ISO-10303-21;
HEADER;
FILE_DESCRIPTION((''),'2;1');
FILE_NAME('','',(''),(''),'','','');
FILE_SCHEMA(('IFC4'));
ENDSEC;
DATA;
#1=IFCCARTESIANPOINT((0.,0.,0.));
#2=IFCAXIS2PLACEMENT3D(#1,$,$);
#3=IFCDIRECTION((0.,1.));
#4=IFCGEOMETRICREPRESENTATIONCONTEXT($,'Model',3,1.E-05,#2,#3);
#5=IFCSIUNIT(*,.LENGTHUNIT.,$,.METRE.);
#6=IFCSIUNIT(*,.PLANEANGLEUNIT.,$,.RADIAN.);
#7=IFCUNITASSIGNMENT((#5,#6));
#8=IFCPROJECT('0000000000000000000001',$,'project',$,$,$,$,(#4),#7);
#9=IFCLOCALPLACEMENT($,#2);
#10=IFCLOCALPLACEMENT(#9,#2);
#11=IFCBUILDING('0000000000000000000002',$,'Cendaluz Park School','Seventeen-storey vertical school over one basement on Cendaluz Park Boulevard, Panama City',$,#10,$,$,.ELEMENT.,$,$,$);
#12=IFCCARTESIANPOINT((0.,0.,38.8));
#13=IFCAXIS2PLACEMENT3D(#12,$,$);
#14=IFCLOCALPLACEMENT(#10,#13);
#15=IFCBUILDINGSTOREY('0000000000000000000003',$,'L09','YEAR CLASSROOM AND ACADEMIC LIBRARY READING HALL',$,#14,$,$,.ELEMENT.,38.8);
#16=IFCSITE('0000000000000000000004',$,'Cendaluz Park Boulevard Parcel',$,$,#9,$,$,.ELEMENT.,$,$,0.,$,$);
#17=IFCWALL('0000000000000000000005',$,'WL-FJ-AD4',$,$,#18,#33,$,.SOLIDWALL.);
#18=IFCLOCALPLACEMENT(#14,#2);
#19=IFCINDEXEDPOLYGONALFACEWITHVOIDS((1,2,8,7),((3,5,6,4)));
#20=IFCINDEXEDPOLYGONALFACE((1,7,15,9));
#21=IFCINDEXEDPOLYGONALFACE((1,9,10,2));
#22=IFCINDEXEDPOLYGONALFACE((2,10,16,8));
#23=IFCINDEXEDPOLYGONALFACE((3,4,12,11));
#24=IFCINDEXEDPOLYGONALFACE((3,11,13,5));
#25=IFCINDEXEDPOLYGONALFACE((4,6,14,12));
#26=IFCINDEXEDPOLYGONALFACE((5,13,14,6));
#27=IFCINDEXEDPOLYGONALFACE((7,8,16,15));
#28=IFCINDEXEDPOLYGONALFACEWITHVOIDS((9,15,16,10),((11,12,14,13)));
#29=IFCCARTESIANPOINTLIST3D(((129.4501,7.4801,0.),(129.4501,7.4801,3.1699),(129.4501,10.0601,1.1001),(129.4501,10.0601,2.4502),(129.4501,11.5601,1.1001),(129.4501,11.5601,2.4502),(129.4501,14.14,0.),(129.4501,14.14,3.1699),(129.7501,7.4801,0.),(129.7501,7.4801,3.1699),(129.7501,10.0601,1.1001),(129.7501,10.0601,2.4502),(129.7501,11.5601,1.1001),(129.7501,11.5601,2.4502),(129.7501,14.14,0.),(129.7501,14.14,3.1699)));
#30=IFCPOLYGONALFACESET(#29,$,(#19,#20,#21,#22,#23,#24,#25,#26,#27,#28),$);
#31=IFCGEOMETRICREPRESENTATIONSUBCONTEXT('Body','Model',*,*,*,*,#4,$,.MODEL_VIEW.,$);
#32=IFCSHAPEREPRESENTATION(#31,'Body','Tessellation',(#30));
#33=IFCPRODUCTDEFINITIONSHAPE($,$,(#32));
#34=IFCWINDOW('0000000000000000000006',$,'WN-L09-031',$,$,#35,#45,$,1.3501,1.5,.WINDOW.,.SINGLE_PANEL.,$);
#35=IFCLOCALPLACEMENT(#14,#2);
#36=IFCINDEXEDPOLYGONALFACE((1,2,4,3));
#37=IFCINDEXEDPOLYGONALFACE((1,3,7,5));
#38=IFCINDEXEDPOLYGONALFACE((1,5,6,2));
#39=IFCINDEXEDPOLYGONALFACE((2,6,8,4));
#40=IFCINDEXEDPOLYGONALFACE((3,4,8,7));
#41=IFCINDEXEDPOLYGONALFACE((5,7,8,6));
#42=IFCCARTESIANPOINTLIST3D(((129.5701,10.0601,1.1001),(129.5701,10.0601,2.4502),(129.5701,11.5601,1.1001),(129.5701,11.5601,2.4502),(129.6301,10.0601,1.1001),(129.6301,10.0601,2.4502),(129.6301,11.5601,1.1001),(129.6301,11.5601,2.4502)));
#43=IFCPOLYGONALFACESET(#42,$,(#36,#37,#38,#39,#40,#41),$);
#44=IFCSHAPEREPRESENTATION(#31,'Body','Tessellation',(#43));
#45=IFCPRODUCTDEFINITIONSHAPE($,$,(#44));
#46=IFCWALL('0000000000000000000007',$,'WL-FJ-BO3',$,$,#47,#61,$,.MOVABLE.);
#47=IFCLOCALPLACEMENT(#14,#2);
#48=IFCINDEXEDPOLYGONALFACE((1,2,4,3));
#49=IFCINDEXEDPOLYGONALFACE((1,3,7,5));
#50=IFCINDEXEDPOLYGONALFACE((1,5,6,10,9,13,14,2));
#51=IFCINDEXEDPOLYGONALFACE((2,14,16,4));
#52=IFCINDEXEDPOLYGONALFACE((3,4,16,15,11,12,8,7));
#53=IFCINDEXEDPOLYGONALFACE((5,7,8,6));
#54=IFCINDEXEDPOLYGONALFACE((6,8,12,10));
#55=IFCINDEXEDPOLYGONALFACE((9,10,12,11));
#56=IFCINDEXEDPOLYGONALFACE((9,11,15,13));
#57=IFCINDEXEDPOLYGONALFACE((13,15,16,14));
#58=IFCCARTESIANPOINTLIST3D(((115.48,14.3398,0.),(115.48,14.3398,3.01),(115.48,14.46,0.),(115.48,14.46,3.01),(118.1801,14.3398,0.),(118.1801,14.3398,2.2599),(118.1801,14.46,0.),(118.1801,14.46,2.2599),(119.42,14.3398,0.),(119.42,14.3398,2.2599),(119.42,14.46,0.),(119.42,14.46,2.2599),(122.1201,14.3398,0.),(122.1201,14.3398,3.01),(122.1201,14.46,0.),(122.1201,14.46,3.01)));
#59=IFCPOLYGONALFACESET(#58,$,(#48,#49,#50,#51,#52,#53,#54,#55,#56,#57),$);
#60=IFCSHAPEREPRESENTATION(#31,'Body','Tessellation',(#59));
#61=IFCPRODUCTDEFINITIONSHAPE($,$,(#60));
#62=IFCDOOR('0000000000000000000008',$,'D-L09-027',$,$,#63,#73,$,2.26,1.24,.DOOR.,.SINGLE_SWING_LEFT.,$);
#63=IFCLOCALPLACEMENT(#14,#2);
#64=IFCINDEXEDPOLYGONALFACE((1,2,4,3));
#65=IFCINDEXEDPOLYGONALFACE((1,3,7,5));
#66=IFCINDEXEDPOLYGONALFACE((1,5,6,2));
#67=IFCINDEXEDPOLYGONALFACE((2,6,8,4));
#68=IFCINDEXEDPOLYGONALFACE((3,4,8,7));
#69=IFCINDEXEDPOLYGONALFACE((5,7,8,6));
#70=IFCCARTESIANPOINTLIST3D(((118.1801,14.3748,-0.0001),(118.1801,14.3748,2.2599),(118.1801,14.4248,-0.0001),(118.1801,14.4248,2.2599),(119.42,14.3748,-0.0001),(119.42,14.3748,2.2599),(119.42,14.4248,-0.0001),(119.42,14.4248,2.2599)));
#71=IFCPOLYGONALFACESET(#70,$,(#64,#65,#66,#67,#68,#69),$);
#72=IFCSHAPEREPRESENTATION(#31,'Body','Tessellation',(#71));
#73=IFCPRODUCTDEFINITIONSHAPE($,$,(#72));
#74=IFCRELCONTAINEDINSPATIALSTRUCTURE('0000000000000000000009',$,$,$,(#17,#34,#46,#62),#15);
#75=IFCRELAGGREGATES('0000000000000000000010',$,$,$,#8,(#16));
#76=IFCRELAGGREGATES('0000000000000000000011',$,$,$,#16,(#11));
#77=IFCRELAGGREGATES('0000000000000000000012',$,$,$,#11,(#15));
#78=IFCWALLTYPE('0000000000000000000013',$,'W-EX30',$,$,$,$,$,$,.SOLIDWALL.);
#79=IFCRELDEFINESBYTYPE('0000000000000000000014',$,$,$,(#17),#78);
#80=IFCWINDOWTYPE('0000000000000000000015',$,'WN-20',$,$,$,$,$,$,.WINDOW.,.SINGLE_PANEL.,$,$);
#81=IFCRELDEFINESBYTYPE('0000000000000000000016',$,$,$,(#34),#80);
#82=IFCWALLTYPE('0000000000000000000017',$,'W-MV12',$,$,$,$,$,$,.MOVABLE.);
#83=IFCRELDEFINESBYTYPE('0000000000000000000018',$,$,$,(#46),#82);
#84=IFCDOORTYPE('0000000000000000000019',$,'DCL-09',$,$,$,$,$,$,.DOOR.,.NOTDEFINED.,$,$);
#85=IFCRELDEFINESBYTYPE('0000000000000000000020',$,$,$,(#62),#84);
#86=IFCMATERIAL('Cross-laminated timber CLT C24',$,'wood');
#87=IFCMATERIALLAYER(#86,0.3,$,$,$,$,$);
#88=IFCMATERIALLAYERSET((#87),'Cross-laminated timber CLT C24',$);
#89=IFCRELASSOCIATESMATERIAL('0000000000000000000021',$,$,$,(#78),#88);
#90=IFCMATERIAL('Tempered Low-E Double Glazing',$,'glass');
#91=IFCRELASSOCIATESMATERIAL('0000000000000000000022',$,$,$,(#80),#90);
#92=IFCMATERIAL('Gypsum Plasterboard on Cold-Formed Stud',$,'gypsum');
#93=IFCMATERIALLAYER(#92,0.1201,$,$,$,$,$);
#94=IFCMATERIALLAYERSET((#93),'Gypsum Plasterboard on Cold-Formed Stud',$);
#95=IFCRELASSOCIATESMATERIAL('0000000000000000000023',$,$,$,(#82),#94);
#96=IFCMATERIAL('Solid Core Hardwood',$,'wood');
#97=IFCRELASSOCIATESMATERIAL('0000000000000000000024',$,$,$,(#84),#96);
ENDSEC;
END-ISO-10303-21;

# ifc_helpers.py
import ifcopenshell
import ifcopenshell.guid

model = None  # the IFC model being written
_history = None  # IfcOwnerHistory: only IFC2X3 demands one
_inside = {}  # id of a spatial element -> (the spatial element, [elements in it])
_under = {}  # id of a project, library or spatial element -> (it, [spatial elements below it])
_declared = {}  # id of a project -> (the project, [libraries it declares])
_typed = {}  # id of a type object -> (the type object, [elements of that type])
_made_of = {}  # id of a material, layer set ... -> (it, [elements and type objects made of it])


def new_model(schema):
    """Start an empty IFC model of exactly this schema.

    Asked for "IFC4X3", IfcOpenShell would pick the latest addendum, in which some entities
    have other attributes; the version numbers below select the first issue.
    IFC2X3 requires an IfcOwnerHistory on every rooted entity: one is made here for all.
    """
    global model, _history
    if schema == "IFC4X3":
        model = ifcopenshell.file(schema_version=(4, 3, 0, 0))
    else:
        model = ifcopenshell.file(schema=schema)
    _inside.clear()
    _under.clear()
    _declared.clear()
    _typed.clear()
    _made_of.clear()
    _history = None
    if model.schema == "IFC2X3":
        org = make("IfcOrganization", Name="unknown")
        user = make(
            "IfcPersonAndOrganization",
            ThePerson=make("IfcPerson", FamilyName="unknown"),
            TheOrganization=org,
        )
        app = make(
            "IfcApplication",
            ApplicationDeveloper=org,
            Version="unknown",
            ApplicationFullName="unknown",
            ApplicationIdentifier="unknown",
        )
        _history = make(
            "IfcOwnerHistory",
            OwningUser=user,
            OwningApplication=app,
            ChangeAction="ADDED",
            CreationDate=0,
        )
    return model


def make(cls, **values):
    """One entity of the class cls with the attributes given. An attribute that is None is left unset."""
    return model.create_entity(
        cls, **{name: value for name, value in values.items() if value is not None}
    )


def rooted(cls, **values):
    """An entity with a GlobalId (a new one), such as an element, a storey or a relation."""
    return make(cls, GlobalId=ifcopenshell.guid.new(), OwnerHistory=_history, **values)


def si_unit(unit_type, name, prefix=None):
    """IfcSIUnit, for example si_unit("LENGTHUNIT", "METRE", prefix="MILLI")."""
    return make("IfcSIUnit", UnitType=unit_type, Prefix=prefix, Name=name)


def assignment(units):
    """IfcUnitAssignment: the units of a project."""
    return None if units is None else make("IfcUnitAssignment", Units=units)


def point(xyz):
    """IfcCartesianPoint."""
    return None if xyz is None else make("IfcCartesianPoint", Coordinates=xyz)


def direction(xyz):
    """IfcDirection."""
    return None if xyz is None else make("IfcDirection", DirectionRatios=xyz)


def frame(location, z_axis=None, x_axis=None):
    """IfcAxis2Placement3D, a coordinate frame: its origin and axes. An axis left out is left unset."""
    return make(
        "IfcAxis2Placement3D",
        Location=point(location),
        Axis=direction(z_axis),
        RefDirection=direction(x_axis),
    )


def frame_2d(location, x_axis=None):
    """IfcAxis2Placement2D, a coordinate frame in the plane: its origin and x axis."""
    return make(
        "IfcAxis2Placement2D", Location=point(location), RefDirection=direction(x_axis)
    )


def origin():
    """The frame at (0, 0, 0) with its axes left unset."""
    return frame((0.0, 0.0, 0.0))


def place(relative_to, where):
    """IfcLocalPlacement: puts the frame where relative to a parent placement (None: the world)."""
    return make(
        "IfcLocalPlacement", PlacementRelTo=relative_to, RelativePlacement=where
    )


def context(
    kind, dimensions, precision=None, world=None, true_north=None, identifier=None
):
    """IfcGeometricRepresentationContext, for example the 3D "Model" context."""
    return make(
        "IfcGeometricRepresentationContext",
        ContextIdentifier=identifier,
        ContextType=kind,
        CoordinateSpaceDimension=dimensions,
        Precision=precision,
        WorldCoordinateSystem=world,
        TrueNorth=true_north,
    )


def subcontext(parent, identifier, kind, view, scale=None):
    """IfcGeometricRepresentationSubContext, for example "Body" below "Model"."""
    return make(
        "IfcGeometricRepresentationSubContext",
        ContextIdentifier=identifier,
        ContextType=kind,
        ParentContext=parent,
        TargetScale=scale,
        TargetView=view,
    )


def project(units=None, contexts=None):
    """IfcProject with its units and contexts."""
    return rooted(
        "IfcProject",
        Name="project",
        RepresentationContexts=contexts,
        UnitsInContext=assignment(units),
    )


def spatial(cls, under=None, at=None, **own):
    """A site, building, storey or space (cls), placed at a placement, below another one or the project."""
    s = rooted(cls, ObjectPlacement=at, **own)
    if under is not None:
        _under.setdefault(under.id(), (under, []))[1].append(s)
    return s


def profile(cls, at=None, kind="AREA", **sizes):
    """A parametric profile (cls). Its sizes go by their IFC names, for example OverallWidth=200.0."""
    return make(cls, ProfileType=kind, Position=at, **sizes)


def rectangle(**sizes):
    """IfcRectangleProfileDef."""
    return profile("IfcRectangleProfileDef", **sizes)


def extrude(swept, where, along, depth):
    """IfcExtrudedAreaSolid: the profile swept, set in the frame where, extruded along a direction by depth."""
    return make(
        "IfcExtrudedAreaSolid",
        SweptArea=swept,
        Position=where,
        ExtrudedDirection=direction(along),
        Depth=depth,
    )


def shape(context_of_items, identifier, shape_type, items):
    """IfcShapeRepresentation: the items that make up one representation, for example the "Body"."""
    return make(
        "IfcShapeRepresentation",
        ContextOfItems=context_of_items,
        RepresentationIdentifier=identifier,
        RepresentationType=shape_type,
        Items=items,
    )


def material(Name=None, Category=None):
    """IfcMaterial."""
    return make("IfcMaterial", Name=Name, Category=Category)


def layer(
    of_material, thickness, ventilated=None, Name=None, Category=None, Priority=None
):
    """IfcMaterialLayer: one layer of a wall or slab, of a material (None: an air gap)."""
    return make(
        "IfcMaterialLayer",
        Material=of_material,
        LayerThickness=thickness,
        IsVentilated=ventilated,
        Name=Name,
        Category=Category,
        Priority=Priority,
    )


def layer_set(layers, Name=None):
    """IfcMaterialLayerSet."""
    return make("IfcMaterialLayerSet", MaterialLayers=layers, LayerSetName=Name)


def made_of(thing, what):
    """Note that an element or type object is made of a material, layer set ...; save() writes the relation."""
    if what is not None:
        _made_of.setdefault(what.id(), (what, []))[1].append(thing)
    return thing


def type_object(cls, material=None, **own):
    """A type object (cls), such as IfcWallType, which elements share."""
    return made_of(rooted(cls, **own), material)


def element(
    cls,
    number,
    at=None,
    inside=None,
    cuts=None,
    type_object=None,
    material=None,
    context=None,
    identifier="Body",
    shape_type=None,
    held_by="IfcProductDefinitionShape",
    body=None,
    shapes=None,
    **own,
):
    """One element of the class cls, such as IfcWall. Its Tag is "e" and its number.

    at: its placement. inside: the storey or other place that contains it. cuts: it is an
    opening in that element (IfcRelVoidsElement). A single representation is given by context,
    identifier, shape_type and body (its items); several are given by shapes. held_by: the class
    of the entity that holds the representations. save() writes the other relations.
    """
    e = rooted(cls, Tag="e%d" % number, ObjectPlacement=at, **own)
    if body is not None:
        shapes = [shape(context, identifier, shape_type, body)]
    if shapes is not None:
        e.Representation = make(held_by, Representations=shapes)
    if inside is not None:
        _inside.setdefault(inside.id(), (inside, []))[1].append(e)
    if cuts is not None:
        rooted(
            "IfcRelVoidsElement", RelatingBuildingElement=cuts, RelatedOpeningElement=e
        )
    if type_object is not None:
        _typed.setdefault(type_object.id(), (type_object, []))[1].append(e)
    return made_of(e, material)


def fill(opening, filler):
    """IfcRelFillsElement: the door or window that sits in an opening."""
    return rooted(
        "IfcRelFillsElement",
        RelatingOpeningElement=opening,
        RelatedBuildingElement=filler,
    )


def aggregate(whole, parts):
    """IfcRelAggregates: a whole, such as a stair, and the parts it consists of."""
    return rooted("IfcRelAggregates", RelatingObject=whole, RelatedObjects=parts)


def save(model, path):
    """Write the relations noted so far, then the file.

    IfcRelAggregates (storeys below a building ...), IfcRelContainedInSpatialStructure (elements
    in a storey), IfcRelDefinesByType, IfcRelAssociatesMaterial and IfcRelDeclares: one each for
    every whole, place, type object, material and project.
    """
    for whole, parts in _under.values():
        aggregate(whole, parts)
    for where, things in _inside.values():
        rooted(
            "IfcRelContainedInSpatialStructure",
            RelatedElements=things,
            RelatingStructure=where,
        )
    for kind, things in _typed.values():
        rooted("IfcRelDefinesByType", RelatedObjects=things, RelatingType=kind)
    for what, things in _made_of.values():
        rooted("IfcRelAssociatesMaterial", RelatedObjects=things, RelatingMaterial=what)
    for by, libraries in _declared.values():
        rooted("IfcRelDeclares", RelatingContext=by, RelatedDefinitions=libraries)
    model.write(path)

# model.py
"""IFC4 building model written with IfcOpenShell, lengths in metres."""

from ifc_helpers import new_model, si_unit, direction, frame, frame_2d, origin, place, context, subcontext, project, spatial, rectangle, extrude, material, layer, layer_set, type_object, element, fill, save


model = new_model("IFC4")

# Units and contexts
model_context = context("Model", 3, precision=1e-05, world=origin(), true_north=direction((0.0, 1.0)))
body_context = subcontext(model_context, "Body", "Model", "MODEL_VIEW")
ifc_project = project(units=[si_unit("LENGTHUNIT", "METRE"), si_unit("PLANEANGLEUNIT", "RADIAN")], contexts=[model_context])

# Site, building, storey
site_placement = place(None, origin())
site = spatial("IfcSite", under=ifc_project, at=site_placement, Name="Cendaluz Park Boulevard Parcel", CompositionType="ELEMENT", RefElevation=0.0)
building_placement = place(site_placement, origin())
building = spatial("IfcBuilding", under=site, at=building_placement, Name="Cendaluz Park School", Description="Seventeen-storey vertical school over one basement on Cendaluz Park Boulevard, Panama City", CompositionType="ELEMENT")
storey_placement = place(building_placement, frame((0.0, 0.0, 38.8)))
storey = spatial("IfcBuildingStorey", under=building, at=storey_placement, Name="L09", Description="YEAR CLASSROOM AND ACADEMIC LIBRARY READING HALL", CompositionType="ELEMENT", Elevation=38.8)

# Wall, opening, window
ifc_material_1 = material(Name="Cross-laminated timber CLT C24", Category="wood")
ifc_layer_1 = layer(ifc_material_1, 0.3)
ifc_layer_set_1 = layer_set([ifc_layer_1], Name="Cross-laminated timber CLT C24")
wall_type_1 = type_object("IfcWallType", Name="W-EX30", PredefinedType="SOLIDWALL", material=ifc_layer_set_1)
ifc_material_2 = material(Name="Tempered Low-E Double Glazing", Category="glass")
window_type = type_object("IfcWindowType", Name="WN-20", PartitioningType="SINGLE_PANEL", PredefinedType="WINDOW", material=ifc_material_2)
wall_1_placement = place(storey_placement, frame((129.6001, 7.48, 0.0), z_axis=(0.0, 0.0, 1.0), x_axis=(0.0, 1.0, 0.0)))
wall_1 = element("IfcWall", 1, at=wall_1_placement, inside=storey, type_object=wall_type_1, Name="WL-FJ-AD4", PredefinedType="SOLIDWALL", context=body_context, shape_type="SweptSolid", body=[
    extrude(rectangle(XDim=6.6599, YDim=0.3, at=frame_2d((3.3301, 0.0))), origin(), (0.0, 0.0, 1.0), 3.1699),
])
opening_1_placement = place(wall_1_placement, frame((2.5801, 0.0, 1.1001)))
opening_1 = element("IfcOpeningElement", 2, at=opening_1_placement, cuts=wall_1, PredefinedType="OPENING", context=body_context, shape_type="SweptSolid", body=[
    extrude(rectangle(XDim=1.5, YDim=1.3501, at=frame_2d((0.75, 0.675))), frame((0.0, 0.1621, 0.0), z_axis=(0.0, -1.0, 0.0), x_axis=(1.0, 0.0, 0.0)), (0.0, 0.0, 1.0), 0.324),
])
window_1_placement = place(opening_1_placement, origin())
window_1 = element("IfcWindow", 3, at=window_1_placement, inside=storey, type_object=window_type, Name="WN-L09-031", OverallHeight=1.3501, OverallWidth=1.5, PartitioningType="SINGLE_PANEL", PredefinedType="WINDOW", context=body_context, shape_type="SweptSolid", body=[
    extrude(rectangle(XDim=1.5, YDim=1.3501, at=frame_2d((0.75, 0.675))), frame((0.0, 0.03, 0.0), z_axis=(0.0, -1.0, 0.0), x_axis=(1.0, 0.0, 0.0)), (0.0, 0.0, 1.0), 0.0601),
])
fill(opening_1, window_1)

# Wall, opening, door
ifc_material_3 = material(Name="Gypsum Plasterboard on Cold-Formed Stud", Category="gypsum")
ifc_layer_2 = layer(ifc_material_3, 0.1201)
ifc_layer_set_2 = layer_set([ifc_layer_2], Name="Gypsum Plasterboard on Cold-Formed Stud")
wall_type_2 = type_object("IfcWallType", Name="W-MV12", PredefinedType="MOVABLE", material=ifc_layer_set_2)
wall_2_placement = place(storey_placement, frame((115.48, 14.3999, 0.0), z_axis=(0.0, 0.0, 1.0), x_axis=(1.0, 0.0, 0.0)))
wall_2 = element("IfcWall", 4, at=wall_2_placement, inside=storey, type_object=wall_type_2, Name="WL-FJ-BO3", PredefinedType="MOVABLE", context=body_context, shape_type="SweptSolid", body=[
    extrude(rectangle(XDim=6.6401, YDim=0.1201, at=frame_2d((3.3201, 0.0))), origin(), (0.0, 0.0, 1.0), 3.01),
])
opening_2_placement = place(wall_2_placement, frame((2.7, 0.0, 0.0)))
opening_2 = element("IfcOpeningElement", 5, at=opening_2_placement, cuts=wall_2, PredefinedType="OPENING", context=body_context, shape_type="SweptSolid", body=[
    extrude(rectangle(XDim=1.24, YDim=2.26, at=frame_2d((0.6201, 1.1299))), frame((0.0, 0.072, 0.0), z_axis=(0.0, -1.0, 0.0), x_axis=(1.0, 0.0, 0.0)), (0.0, 0.0, 1.0), 0.144),
])
ifc_material_4 = material(Name="Solid Core Hardwood", Category="wood")
door_type = type_object("IfcDoorType", Name="DCL-09", OperationType="NOTDEFINED", PredefinedType="DOOR", material=ifc_material_4)
door_placement = place(opening_2_placement, origin())
door = element("IfcDoor", 6, at=door_placement, inside=storey, type_object=door_type, Name="D-L09-027", OperationType="SINGLE_SWING_LEFT", OverallHeight=2.26, OverallWidth=1.24, PredefinedType="DOOR", context=body_context, shape_type="SweptSolid", body=[
    extrude(rectangle(XDim=1.24, YDim=2.26, at=frame_2d((0.6201, 1.1299))), frame((0.0, 0.0249, 0.0), z_axis=(0.0, -1.0, 0.0), x_axis=(1.0, 0.0, 0.0)), (0.0, 0.0, 1.0), 0.05),
])
fill(opening_2, door)

save(model, "model.ifc")
